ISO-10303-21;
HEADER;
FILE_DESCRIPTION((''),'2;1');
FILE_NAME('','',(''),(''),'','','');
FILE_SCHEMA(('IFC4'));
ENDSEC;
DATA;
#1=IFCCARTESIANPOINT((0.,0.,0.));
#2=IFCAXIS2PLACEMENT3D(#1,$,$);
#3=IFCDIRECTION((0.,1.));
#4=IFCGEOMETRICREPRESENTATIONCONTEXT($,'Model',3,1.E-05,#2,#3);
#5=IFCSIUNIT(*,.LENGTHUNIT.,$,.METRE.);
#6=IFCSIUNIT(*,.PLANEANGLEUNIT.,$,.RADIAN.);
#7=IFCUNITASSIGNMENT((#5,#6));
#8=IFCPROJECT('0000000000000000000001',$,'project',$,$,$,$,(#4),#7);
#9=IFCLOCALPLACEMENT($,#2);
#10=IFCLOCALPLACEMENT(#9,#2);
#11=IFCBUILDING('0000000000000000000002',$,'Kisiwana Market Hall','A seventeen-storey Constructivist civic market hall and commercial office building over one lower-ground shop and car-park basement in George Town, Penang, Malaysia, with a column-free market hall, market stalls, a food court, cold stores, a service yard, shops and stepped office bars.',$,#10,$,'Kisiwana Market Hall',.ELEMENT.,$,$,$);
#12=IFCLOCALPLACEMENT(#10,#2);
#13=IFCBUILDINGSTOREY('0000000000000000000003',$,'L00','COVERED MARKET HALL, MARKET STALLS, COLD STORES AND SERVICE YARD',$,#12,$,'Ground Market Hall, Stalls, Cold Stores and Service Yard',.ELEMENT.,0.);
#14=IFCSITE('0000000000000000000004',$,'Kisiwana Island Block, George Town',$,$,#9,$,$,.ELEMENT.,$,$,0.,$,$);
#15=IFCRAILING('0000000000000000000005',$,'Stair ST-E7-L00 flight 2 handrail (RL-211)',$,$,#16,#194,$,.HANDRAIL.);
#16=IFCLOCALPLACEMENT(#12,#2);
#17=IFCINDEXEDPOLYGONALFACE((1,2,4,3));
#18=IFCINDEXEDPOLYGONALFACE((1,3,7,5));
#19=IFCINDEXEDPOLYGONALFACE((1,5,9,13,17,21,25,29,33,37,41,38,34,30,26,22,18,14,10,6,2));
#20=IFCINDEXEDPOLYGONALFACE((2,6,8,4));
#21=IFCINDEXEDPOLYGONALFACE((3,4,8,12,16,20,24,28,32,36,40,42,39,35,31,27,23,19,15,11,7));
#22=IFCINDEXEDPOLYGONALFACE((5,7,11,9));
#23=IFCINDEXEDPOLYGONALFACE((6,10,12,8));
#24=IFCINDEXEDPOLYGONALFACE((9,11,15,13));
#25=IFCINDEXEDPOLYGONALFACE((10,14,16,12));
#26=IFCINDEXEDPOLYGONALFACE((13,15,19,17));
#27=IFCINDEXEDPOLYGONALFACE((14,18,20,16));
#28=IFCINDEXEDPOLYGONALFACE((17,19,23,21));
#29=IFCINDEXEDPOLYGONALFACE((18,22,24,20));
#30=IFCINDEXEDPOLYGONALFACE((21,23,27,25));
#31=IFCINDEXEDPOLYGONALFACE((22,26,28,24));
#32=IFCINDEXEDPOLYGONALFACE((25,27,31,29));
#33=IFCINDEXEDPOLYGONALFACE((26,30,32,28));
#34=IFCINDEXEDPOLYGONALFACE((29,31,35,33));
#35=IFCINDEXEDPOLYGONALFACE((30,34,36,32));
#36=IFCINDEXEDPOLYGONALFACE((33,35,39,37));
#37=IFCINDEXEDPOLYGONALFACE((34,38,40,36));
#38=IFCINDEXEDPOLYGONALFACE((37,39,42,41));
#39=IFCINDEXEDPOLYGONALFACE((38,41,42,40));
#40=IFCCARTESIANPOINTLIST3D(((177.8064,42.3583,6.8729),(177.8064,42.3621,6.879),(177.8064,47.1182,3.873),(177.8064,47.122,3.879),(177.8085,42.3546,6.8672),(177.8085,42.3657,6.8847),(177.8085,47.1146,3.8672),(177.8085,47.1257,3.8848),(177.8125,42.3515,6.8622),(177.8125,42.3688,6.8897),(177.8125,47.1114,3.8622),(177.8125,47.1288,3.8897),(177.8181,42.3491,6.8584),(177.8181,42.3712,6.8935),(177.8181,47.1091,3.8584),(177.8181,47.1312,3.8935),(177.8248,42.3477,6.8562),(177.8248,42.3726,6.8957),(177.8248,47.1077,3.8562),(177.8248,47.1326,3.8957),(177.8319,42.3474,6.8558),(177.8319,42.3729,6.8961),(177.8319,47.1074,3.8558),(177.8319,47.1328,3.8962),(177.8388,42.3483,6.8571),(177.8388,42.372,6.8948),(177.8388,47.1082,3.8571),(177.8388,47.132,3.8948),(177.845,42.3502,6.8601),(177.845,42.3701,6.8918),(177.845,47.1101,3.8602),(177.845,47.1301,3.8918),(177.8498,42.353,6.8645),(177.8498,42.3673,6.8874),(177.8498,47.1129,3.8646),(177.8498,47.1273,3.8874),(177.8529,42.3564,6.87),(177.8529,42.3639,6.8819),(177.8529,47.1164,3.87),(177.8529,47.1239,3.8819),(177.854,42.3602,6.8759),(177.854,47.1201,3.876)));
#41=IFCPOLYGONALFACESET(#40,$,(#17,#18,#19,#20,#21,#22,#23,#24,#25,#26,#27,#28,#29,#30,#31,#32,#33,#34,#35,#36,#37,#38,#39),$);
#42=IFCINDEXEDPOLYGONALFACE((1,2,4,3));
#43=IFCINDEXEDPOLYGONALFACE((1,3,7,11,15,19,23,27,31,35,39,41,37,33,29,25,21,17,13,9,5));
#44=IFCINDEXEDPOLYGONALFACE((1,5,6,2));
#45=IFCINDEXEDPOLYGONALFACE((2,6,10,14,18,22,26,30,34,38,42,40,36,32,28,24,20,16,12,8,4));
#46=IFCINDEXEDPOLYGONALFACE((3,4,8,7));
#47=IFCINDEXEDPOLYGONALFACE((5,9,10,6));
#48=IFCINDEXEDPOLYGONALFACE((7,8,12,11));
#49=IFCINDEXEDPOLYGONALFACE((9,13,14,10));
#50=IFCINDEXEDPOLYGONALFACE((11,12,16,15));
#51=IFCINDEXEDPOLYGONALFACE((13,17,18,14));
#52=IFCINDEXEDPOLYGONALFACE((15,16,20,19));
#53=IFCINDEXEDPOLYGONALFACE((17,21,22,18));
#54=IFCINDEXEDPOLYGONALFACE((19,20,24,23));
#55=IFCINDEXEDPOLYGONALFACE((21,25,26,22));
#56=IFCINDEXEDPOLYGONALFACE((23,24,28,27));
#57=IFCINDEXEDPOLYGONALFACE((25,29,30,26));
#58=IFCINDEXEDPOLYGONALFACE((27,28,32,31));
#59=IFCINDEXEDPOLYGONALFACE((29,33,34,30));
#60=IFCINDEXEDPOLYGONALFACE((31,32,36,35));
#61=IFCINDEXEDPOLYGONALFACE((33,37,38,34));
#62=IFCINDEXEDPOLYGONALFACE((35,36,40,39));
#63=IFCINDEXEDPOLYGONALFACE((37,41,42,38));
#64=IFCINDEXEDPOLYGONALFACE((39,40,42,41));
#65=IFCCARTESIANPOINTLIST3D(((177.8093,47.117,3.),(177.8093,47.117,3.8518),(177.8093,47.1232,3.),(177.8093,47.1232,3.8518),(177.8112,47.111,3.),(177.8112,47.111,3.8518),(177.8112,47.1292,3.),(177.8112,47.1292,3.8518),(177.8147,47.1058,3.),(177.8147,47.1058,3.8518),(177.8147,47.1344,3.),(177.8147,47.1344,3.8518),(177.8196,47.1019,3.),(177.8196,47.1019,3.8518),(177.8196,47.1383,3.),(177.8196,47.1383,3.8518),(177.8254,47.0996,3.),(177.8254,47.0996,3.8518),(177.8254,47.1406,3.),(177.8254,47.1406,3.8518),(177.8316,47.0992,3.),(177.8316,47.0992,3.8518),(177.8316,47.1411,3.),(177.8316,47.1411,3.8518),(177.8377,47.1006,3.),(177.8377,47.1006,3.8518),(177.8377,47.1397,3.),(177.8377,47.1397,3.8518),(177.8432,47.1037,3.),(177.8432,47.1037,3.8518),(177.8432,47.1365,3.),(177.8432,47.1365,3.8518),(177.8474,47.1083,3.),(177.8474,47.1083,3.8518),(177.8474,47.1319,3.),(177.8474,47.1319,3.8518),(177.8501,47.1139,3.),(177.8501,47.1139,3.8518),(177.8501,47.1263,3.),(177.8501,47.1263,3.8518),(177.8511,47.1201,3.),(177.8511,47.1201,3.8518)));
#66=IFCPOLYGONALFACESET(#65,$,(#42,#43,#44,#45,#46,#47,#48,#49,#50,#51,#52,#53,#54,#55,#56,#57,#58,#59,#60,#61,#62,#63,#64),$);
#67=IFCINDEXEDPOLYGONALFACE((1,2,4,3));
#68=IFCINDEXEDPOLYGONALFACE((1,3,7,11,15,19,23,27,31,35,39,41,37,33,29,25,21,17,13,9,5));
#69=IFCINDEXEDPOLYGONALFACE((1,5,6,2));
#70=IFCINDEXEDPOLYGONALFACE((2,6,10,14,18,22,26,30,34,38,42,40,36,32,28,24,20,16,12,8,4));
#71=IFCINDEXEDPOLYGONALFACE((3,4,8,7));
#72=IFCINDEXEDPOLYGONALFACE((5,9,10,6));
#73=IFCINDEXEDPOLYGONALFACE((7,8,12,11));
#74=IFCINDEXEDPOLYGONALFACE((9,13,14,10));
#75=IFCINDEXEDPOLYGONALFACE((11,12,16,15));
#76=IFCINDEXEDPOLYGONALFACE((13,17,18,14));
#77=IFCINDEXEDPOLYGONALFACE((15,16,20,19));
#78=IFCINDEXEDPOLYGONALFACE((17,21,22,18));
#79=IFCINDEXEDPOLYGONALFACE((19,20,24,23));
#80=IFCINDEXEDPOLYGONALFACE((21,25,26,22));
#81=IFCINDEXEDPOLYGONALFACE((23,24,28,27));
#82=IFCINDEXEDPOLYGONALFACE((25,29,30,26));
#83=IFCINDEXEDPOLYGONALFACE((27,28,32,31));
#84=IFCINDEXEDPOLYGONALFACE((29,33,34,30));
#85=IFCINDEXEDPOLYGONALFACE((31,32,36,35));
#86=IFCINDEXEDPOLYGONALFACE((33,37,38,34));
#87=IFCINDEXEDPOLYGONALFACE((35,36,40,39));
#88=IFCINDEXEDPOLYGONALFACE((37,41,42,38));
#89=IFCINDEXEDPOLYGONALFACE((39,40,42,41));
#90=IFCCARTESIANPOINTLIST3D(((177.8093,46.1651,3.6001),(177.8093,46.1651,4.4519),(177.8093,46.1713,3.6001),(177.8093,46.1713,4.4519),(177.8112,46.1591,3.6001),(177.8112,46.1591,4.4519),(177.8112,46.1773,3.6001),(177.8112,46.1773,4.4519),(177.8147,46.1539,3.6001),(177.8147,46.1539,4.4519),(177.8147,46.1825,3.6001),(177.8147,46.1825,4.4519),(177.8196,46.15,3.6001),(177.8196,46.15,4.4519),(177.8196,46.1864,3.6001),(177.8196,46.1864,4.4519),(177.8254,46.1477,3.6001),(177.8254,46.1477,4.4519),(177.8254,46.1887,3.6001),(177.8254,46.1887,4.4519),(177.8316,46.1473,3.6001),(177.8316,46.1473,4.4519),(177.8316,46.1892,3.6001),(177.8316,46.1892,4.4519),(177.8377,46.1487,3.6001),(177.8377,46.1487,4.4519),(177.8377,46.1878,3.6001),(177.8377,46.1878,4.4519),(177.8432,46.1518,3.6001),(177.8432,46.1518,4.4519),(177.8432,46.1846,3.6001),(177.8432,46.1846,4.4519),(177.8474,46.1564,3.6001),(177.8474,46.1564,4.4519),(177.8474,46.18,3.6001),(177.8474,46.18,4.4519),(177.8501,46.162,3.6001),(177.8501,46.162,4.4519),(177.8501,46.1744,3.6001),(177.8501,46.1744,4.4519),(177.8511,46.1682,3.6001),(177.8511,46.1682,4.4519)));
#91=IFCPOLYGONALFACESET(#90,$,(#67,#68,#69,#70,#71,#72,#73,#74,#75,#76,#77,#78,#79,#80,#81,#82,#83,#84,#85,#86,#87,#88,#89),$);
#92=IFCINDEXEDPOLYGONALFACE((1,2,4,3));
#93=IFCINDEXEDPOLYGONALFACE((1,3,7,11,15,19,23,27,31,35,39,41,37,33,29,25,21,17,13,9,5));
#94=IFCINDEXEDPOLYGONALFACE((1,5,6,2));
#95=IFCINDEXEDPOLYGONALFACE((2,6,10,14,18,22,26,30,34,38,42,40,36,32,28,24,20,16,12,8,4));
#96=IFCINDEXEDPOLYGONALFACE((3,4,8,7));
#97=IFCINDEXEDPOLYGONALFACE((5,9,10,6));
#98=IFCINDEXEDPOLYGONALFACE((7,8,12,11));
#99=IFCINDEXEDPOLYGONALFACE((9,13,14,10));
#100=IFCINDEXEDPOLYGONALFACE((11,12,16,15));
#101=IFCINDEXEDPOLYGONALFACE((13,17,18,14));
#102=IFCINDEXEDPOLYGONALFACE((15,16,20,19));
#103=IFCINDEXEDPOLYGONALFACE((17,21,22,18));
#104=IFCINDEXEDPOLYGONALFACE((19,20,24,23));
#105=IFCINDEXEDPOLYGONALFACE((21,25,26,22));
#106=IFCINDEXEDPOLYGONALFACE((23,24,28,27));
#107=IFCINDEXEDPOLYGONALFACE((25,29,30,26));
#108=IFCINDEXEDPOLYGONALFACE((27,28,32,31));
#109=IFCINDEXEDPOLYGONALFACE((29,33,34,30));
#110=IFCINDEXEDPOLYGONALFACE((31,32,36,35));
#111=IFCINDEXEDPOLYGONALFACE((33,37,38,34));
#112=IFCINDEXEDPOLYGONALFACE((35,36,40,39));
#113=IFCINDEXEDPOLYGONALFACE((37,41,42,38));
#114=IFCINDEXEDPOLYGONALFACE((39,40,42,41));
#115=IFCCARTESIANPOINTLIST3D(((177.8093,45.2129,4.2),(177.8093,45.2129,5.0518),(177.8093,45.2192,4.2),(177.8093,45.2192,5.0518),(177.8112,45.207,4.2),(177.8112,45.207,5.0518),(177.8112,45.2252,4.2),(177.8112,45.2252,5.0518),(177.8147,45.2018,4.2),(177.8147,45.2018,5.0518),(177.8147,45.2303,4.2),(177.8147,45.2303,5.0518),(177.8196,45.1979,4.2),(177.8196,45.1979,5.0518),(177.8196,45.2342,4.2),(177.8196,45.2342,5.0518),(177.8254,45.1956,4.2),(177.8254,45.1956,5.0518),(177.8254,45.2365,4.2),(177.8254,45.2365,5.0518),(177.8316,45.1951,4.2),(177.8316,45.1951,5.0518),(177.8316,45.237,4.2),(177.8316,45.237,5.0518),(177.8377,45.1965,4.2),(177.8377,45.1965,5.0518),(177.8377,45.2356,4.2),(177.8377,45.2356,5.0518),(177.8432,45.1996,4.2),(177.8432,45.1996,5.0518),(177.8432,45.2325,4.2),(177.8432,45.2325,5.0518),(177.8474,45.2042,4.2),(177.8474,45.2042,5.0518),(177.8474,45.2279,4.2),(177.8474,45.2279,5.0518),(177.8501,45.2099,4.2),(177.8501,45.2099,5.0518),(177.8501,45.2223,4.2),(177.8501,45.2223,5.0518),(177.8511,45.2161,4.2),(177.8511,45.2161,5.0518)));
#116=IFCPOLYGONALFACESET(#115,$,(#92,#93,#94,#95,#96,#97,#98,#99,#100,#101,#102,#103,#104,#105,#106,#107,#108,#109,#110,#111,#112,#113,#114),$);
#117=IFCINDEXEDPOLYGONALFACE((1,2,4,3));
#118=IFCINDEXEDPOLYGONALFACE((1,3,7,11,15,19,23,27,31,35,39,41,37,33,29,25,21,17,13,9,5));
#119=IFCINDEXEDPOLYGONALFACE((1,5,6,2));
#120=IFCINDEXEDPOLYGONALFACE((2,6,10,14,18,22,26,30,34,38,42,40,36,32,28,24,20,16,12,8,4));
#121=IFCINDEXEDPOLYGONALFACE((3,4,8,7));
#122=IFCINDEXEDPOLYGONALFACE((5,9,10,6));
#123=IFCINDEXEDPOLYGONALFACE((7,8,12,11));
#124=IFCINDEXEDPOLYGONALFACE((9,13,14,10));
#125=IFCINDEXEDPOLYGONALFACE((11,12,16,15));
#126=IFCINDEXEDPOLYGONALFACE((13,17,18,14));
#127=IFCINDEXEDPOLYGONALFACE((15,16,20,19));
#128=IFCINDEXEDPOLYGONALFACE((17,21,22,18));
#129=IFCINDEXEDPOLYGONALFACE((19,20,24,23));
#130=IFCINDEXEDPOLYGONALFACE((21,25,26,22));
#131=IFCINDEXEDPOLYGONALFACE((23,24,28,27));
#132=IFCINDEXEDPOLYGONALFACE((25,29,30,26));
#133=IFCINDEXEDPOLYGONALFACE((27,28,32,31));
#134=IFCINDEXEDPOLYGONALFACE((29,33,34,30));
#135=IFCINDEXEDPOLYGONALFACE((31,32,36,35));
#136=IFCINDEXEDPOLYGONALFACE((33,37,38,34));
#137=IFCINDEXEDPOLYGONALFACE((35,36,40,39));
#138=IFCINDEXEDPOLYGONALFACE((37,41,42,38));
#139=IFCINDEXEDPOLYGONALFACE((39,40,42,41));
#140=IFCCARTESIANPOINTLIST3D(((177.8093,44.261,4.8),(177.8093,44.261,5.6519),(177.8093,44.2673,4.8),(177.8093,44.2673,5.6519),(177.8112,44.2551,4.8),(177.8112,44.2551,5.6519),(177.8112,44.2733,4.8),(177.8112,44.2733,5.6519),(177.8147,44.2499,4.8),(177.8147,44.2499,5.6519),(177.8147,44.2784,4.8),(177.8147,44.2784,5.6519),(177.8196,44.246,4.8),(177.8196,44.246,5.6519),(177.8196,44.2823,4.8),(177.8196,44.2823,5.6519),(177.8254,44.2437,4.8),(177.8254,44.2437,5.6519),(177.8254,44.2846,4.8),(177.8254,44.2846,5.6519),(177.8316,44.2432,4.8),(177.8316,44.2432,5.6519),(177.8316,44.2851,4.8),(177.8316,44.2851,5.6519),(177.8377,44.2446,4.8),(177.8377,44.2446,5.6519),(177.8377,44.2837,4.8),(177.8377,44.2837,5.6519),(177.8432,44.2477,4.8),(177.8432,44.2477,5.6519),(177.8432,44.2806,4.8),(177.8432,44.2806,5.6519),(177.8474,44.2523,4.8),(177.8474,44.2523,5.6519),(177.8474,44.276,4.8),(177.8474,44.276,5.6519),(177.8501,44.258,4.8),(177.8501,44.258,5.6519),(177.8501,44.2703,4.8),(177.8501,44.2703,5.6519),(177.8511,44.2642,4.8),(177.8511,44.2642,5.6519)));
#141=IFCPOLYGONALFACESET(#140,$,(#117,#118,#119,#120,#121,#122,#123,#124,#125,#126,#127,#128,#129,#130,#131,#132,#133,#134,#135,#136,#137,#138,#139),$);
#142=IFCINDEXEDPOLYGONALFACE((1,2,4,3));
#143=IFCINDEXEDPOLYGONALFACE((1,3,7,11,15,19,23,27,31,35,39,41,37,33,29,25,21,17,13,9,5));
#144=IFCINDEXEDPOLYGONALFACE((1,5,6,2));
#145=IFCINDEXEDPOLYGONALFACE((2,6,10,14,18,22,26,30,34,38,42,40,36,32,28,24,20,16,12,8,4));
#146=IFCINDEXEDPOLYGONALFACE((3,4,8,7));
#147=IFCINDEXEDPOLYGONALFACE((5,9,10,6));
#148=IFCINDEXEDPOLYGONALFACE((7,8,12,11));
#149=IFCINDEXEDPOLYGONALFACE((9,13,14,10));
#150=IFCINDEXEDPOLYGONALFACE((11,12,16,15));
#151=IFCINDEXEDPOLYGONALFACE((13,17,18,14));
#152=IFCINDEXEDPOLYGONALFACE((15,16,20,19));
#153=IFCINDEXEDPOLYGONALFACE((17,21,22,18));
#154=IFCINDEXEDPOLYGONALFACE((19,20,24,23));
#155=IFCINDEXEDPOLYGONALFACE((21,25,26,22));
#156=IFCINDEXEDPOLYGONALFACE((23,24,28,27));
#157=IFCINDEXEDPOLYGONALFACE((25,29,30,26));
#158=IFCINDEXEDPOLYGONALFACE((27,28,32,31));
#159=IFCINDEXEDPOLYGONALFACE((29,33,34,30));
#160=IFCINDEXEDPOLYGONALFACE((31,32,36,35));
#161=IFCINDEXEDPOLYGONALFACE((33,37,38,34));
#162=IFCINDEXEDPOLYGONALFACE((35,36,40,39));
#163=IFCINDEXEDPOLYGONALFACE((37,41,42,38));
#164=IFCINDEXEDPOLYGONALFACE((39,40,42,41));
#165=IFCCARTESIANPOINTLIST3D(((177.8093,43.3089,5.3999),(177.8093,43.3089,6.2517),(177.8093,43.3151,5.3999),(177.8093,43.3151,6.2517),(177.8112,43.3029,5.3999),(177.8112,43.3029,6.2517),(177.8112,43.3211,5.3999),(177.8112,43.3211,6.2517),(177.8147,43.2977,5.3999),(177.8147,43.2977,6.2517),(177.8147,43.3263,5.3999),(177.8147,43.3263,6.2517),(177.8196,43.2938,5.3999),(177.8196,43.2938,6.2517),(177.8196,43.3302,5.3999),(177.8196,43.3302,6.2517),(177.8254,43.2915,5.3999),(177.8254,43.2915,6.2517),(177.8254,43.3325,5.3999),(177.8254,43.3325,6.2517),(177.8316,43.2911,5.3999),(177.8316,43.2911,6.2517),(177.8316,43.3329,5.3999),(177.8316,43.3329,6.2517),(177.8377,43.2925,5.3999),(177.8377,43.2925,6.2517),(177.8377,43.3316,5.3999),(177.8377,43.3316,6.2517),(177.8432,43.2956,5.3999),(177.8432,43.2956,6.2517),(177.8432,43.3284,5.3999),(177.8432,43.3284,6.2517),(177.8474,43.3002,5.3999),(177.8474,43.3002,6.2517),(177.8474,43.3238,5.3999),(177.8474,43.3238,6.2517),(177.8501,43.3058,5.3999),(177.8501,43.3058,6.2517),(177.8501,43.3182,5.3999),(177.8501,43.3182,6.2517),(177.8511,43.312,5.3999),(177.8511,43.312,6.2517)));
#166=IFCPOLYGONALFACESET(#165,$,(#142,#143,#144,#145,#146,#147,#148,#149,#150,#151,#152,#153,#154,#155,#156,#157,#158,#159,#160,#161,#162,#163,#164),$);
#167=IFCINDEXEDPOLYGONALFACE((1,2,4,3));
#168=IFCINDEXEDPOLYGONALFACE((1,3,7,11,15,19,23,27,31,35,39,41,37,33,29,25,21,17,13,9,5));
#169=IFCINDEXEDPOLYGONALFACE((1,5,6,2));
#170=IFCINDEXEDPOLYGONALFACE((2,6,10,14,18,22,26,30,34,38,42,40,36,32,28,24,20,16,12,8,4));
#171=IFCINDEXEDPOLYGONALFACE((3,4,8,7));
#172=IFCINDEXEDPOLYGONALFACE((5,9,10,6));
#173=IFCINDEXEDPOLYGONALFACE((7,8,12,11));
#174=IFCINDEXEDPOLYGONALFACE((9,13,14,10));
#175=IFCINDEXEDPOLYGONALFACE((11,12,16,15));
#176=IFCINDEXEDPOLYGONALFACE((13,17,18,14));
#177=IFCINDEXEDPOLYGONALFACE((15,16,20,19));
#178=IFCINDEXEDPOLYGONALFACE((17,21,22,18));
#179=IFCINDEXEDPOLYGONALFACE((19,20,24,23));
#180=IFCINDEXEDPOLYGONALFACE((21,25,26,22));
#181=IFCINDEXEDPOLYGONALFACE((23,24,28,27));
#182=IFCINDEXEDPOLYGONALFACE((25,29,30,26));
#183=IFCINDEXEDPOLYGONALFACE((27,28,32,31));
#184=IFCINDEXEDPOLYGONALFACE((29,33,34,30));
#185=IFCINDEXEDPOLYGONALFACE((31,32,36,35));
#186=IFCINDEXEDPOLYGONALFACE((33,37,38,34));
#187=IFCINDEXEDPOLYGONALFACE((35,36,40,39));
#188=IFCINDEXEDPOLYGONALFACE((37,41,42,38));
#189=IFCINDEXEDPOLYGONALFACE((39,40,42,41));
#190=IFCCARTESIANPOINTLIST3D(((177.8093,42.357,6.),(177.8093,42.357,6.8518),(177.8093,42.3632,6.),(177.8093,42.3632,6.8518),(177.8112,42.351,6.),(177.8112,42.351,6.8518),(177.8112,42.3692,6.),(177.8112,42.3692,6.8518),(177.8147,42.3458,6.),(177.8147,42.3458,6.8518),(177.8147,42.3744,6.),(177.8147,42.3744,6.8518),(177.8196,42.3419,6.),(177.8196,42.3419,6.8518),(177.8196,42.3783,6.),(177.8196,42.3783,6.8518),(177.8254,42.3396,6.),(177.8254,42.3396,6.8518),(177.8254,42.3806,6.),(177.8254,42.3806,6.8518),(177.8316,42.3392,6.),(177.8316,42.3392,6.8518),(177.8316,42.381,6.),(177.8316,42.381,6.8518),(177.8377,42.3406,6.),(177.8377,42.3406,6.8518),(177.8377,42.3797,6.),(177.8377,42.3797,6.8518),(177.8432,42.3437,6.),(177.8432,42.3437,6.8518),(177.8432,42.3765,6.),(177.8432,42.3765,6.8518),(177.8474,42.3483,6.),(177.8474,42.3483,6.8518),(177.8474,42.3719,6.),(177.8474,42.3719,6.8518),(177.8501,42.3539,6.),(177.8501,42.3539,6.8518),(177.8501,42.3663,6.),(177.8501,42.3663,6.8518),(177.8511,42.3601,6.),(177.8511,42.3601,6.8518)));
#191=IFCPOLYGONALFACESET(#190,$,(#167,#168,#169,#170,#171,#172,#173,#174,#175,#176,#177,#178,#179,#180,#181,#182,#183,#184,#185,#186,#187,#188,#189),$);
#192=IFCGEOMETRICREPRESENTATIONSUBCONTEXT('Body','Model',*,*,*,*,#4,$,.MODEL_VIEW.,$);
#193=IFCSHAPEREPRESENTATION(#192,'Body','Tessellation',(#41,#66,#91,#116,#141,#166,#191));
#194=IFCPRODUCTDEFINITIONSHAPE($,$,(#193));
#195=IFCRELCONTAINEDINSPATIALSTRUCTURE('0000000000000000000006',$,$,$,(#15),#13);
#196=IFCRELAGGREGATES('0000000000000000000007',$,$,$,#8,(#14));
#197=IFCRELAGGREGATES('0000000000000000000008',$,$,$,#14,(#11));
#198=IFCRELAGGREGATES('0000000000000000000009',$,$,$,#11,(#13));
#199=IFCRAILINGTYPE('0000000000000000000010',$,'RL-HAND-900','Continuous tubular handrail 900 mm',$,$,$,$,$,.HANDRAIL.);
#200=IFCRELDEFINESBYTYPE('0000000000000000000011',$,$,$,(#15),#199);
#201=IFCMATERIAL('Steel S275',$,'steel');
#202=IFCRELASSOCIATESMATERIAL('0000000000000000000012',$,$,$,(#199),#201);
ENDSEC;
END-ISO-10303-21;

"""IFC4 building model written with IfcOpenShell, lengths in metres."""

from ifc_helpers import new_model, si_unit, direction, frame, origin, origin_2d, place, context, subcontext, project, spatial, circle, extrude, material, type_object, element, save


model = new_model("IFC4")

# Units and contexts
model_context = context("Model", 3, precision=1e-05, world=origin(), true_north=direction((0.0, 1.0)))
body_context = subcontext(model_context, "Body", "Model", "MODEL_VIEW")
ifc_project = project(units=[si_unit("LENGTHUNIT", "METRE"), si_unit("PLANEANGLEUNIT", "RADIAN")], contexts=[model_context])

# Site, building, storey
site_placement = place(None, origin())
site = spatial("IfcSite", under=ifc_project, at=site_placement, Name="Kisiwana Island Block, George Town", CompositionType="ELEMENT", RefElevation=0.0)
building_placement = place(site_placement, origin())
building = spatial("IfcBuilding", under=site, at=building_placement, Name="Kisiwana Market Hall", Description="A seventeen-storey Constructivist civic market hall and commercial office building over one lower-ground shop and car-park basement in George Town, Penang, Malaysia, with a column-free market hall, market stalls, a food court, cold stores, a service yard, shops and stepped office bars.", LongName="Kisiwana Market Hall", CompositionType="ELEMENT")
storey_placement = place(building_placement, origin())
storey = spatial("IfcBuildingStorey", under=building, at=storey_placement, Name="L00", Description="COVERED MARKET HALL, MARKET STALLS, COLD STORES AND SERVICE YARD", LongName="Ground Market Hall, Stalls, Cold Stores and Service Yard", CompositionType="ELEMENT", Elevation=0.0)

# Railing
ifc_material_1 = material(Name="Steel S275", Category="steel")
railing_type_1 = type_object("IfcRailingType", Name="RL-HAND-900", Description="Continuous tubular handrail 900 mm", PredefinedType="HANDRAIL", material=ifc_material_1)
for number, where, name in (
    (1, (177.8301, 47.1201, 3.0), "Stair ST-E7-L00 flight 2 handrail (RL-211)"),
):
    element("IfcRailing", number, at=place(storey_placement, frame(where)), inside=storey, type_object=railing_type_1, Name=name, PredefinedType="HANDRAIL", context=body_context, shape_type="SweptSolid", body=[
        extrude(circle(Radius=0.0239, at=origin_2d()), frame((0.0, 0.0, 0.876), z_axis=(0.0, -0.845996, 0.53319), x_axis=(1.0, 0.0, 0.0)), (0.0, 0.0, 1.0), 5.6265),
        extrude(circle(Radius=0.021, at=origin_2d()), origin(), (0.0, 0.0, 1.0), 0.8518),
        extrude(circle(Radius=0.021, at=origin_2d()), frame((0.0, -0.9519, 0.6001)), (0.0, 0.0, 1.0), 0.8518),
        extrude(circle(Radius=0.021, at=origin_2d()), frame((0.0, -1.9041, 1.2)), (0.0, 0.0, 1.0), 0.8518),
        extrude(circle(Radius=0.021, at=origin_2d()), frame((0.0, -2.856, 1.8)), (0.0, 0.0, 1.0), 0.8518),
        extrude(circle(Radius=0.021, at=origin_2d()), frame((0.0, -3.8081, 2.3999)), (0.0, 0.0, 1.0), 0.8518),
        extrude(circle(Radius=0.021, at=origin_2d()), frame((0.0, -4.76, 3.0)), (0.0, 0.0, 1.0), 0.8518),
    ])

save(model, "model.ifc")
